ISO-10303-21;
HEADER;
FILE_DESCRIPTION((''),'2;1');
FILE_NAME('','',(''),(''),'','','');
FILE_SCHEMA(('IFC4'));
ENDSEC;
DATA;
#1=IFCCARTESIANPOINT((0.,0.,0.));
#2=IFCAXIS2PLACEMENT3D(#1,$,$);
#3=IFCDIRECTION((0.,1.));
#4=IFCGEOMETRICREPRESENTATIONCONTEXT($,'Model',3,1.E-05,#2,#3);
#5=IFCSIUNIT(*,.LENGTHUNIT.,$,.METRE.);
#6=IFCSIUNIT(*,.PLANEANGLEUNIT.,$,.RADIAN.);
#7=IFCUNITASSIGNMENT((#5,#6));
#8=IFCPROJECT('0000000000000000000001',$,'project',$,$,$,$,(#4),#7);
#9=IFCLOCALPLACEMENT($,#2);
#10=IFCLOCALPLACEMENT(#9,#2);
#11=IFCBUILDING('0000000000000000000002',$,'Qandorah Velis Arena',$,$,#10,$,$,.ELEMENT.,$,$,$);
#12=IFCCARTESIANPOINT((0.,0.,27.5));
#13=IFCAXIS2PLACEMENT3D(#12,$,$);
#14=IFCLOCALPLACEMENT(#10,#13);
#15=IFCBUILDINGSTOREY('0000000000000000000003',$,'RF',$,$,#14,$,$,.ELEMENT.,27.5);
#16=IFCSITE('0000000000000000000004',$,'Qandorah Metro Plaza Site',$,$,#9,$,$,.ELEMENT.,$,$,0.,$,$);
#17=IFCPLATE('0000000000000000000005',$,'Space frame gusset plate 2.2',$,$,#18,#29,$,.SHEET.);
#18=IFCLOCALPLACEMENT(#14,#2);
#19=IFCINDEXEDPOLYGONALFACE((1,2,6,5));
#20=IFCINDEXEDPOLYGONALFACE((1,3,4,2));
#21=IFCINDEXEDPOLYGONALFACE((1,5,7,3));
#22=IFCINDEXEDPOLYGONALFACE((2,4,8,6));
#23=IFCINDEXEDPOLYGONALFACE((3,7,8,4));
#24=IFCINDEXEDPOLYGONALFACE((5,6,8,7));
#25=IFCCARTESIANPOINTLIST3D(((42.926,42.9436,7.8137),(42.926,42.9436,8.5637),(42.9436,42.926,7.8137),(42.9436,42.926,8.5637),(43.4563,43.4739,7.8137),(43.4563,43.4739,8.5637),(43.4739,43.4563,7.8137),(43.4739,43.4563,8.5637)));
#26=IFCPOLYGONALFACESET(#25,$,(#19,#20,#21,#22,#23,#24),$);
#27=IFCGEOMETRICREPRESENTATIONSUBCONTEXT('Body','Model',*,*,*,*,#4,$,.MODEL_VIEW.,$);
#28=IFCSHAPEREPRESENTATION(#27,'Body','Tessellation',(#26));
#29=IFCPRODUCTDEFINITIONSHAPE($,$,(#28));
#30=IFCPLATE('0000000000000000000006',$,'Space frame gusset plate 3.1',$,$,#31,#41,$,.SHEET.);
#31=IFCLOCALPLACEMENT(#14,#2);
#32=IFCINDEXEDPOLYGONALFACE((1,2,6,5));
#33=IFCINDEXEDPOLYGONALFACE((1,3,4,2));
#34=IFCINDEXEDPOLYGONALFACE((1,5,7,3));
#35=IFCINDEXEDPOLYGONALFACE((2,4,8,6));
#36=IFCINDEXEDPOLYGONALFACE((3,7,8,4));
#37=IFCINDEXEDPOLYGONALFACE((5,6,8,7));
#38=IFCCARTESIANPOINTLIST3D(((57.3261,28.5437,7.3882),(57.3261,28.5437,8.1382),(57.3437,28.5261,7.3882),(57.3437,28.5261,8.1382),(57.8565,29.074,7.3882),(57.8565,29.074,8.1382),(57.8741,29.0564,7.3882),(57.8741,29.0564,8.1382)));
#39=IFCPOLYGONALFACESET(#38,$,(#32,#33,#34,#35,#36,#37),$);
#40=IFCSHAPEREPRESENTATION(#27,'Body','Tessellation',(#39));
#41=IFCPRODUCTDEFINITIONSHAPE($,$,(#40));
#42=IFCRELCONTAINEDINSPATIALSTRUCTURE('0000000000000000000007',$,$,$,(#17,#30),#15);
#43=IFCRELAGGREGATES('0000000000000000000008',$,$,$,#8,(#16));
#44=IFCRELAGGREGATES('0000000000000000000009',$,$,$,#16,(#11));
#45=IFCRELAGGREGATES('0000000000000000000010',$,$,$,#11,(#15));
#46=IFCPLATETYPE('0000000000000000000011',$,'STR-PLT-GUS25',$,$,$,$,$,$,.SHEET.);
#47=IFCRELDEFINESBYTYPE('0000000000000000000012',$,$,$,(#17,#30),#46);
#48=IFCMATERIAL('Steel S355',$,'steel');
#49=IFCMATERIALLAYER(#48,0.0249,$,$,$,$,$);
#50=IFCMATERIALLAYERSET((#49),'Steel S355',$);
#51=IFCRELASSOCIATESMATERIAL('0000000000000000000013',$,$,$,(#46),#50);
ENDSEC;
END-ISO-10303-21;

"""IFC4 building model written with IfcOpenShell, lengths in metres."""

from ifc_helpers import new_model, si_unit, direction, frame, origin, origin_2d, place, context, subcontext, project, spatial, rectangle, extrude, material, layer, layer_set, type_object, element, save


model = new_model("IFC4")

# Units and contexts
model_context = context("Model", 3, precision=1e-05, world=origin(), true_north=direction((0.0, 1.0)))
body_context = subcontext(model_context, "Body", "Model", "MODEL_VIEW")
ifc_project = project(units=[si_unit("LENGTHUNIT", "METRE"), si_unit("PLANEANGLEUNIT", "RADIAN")], contexts=[model_context])

# Site, building, storey
site_placement = place(None, origin())
site = spatial("IfcSite", under=ifc_project, at=site_placement, Name="Qandorah Metro Plaza Site", CompositionType="ELEMENT", RefElevation=0.0)
building_placement = place(site_placement, origin())
building = spatial("IfcBuilding", under=site, at=building_placement, Name="Qandorah Velis Arena", CompositionType="ELEMENT")
storey_placement = place(building_placement, frame((0.0, 0.0, 27.5)))
storey = spatial("IfcBuildingStorey", under=building, at=storey_placement, Name="RF", CompositionType="ELEMENT", Elevation=27.5)

# Shared definitions
ifc_material_1 = material(Name="Steel S355", Category="steel")

# Plates
ifc_layer_1 = layer(ifc_material_1, 0.0249)
ifc_layer_set_1 = layer_set([ifc_layer_1], Name="Steel S355")
plate_type_1 = type_object("IfcPlateType", Name="STR-PLT-GUS25", PredefinedType="SHEET", material=ifc_layer_set_1)
for number, where, z_axis, x_axis, name in (
    (1, (43.2, 43.2, 7.8137), (0.0, 0.0, 1.0), (0.707107, 0.707107, 0.0), "Space frame gusset plate 2.2"),
    (2, (57.6001, 28.8, 7.3882), (0.0, 0.0, 1.0), (0.707107, 0.707107, 0.0), "Space frame gusset plate 3.1"),
):
    element("IfcPlate", number, at=place(storey_placement, frame(where, z_axis=z_axis, x_axis=x_axis)), inside=storey, type_object=plate_type_1, Name=name, PredefinedType="SHEET", context=body_context, shape_type="SweptSolid", body=[
        extrude(rectangle(XDim=0.75, YDim=0.0249, at=origin_2d()), origin(), (0.0, 0.0, 1.0), 0.75),
    ])

save(model, "model.ifc")
